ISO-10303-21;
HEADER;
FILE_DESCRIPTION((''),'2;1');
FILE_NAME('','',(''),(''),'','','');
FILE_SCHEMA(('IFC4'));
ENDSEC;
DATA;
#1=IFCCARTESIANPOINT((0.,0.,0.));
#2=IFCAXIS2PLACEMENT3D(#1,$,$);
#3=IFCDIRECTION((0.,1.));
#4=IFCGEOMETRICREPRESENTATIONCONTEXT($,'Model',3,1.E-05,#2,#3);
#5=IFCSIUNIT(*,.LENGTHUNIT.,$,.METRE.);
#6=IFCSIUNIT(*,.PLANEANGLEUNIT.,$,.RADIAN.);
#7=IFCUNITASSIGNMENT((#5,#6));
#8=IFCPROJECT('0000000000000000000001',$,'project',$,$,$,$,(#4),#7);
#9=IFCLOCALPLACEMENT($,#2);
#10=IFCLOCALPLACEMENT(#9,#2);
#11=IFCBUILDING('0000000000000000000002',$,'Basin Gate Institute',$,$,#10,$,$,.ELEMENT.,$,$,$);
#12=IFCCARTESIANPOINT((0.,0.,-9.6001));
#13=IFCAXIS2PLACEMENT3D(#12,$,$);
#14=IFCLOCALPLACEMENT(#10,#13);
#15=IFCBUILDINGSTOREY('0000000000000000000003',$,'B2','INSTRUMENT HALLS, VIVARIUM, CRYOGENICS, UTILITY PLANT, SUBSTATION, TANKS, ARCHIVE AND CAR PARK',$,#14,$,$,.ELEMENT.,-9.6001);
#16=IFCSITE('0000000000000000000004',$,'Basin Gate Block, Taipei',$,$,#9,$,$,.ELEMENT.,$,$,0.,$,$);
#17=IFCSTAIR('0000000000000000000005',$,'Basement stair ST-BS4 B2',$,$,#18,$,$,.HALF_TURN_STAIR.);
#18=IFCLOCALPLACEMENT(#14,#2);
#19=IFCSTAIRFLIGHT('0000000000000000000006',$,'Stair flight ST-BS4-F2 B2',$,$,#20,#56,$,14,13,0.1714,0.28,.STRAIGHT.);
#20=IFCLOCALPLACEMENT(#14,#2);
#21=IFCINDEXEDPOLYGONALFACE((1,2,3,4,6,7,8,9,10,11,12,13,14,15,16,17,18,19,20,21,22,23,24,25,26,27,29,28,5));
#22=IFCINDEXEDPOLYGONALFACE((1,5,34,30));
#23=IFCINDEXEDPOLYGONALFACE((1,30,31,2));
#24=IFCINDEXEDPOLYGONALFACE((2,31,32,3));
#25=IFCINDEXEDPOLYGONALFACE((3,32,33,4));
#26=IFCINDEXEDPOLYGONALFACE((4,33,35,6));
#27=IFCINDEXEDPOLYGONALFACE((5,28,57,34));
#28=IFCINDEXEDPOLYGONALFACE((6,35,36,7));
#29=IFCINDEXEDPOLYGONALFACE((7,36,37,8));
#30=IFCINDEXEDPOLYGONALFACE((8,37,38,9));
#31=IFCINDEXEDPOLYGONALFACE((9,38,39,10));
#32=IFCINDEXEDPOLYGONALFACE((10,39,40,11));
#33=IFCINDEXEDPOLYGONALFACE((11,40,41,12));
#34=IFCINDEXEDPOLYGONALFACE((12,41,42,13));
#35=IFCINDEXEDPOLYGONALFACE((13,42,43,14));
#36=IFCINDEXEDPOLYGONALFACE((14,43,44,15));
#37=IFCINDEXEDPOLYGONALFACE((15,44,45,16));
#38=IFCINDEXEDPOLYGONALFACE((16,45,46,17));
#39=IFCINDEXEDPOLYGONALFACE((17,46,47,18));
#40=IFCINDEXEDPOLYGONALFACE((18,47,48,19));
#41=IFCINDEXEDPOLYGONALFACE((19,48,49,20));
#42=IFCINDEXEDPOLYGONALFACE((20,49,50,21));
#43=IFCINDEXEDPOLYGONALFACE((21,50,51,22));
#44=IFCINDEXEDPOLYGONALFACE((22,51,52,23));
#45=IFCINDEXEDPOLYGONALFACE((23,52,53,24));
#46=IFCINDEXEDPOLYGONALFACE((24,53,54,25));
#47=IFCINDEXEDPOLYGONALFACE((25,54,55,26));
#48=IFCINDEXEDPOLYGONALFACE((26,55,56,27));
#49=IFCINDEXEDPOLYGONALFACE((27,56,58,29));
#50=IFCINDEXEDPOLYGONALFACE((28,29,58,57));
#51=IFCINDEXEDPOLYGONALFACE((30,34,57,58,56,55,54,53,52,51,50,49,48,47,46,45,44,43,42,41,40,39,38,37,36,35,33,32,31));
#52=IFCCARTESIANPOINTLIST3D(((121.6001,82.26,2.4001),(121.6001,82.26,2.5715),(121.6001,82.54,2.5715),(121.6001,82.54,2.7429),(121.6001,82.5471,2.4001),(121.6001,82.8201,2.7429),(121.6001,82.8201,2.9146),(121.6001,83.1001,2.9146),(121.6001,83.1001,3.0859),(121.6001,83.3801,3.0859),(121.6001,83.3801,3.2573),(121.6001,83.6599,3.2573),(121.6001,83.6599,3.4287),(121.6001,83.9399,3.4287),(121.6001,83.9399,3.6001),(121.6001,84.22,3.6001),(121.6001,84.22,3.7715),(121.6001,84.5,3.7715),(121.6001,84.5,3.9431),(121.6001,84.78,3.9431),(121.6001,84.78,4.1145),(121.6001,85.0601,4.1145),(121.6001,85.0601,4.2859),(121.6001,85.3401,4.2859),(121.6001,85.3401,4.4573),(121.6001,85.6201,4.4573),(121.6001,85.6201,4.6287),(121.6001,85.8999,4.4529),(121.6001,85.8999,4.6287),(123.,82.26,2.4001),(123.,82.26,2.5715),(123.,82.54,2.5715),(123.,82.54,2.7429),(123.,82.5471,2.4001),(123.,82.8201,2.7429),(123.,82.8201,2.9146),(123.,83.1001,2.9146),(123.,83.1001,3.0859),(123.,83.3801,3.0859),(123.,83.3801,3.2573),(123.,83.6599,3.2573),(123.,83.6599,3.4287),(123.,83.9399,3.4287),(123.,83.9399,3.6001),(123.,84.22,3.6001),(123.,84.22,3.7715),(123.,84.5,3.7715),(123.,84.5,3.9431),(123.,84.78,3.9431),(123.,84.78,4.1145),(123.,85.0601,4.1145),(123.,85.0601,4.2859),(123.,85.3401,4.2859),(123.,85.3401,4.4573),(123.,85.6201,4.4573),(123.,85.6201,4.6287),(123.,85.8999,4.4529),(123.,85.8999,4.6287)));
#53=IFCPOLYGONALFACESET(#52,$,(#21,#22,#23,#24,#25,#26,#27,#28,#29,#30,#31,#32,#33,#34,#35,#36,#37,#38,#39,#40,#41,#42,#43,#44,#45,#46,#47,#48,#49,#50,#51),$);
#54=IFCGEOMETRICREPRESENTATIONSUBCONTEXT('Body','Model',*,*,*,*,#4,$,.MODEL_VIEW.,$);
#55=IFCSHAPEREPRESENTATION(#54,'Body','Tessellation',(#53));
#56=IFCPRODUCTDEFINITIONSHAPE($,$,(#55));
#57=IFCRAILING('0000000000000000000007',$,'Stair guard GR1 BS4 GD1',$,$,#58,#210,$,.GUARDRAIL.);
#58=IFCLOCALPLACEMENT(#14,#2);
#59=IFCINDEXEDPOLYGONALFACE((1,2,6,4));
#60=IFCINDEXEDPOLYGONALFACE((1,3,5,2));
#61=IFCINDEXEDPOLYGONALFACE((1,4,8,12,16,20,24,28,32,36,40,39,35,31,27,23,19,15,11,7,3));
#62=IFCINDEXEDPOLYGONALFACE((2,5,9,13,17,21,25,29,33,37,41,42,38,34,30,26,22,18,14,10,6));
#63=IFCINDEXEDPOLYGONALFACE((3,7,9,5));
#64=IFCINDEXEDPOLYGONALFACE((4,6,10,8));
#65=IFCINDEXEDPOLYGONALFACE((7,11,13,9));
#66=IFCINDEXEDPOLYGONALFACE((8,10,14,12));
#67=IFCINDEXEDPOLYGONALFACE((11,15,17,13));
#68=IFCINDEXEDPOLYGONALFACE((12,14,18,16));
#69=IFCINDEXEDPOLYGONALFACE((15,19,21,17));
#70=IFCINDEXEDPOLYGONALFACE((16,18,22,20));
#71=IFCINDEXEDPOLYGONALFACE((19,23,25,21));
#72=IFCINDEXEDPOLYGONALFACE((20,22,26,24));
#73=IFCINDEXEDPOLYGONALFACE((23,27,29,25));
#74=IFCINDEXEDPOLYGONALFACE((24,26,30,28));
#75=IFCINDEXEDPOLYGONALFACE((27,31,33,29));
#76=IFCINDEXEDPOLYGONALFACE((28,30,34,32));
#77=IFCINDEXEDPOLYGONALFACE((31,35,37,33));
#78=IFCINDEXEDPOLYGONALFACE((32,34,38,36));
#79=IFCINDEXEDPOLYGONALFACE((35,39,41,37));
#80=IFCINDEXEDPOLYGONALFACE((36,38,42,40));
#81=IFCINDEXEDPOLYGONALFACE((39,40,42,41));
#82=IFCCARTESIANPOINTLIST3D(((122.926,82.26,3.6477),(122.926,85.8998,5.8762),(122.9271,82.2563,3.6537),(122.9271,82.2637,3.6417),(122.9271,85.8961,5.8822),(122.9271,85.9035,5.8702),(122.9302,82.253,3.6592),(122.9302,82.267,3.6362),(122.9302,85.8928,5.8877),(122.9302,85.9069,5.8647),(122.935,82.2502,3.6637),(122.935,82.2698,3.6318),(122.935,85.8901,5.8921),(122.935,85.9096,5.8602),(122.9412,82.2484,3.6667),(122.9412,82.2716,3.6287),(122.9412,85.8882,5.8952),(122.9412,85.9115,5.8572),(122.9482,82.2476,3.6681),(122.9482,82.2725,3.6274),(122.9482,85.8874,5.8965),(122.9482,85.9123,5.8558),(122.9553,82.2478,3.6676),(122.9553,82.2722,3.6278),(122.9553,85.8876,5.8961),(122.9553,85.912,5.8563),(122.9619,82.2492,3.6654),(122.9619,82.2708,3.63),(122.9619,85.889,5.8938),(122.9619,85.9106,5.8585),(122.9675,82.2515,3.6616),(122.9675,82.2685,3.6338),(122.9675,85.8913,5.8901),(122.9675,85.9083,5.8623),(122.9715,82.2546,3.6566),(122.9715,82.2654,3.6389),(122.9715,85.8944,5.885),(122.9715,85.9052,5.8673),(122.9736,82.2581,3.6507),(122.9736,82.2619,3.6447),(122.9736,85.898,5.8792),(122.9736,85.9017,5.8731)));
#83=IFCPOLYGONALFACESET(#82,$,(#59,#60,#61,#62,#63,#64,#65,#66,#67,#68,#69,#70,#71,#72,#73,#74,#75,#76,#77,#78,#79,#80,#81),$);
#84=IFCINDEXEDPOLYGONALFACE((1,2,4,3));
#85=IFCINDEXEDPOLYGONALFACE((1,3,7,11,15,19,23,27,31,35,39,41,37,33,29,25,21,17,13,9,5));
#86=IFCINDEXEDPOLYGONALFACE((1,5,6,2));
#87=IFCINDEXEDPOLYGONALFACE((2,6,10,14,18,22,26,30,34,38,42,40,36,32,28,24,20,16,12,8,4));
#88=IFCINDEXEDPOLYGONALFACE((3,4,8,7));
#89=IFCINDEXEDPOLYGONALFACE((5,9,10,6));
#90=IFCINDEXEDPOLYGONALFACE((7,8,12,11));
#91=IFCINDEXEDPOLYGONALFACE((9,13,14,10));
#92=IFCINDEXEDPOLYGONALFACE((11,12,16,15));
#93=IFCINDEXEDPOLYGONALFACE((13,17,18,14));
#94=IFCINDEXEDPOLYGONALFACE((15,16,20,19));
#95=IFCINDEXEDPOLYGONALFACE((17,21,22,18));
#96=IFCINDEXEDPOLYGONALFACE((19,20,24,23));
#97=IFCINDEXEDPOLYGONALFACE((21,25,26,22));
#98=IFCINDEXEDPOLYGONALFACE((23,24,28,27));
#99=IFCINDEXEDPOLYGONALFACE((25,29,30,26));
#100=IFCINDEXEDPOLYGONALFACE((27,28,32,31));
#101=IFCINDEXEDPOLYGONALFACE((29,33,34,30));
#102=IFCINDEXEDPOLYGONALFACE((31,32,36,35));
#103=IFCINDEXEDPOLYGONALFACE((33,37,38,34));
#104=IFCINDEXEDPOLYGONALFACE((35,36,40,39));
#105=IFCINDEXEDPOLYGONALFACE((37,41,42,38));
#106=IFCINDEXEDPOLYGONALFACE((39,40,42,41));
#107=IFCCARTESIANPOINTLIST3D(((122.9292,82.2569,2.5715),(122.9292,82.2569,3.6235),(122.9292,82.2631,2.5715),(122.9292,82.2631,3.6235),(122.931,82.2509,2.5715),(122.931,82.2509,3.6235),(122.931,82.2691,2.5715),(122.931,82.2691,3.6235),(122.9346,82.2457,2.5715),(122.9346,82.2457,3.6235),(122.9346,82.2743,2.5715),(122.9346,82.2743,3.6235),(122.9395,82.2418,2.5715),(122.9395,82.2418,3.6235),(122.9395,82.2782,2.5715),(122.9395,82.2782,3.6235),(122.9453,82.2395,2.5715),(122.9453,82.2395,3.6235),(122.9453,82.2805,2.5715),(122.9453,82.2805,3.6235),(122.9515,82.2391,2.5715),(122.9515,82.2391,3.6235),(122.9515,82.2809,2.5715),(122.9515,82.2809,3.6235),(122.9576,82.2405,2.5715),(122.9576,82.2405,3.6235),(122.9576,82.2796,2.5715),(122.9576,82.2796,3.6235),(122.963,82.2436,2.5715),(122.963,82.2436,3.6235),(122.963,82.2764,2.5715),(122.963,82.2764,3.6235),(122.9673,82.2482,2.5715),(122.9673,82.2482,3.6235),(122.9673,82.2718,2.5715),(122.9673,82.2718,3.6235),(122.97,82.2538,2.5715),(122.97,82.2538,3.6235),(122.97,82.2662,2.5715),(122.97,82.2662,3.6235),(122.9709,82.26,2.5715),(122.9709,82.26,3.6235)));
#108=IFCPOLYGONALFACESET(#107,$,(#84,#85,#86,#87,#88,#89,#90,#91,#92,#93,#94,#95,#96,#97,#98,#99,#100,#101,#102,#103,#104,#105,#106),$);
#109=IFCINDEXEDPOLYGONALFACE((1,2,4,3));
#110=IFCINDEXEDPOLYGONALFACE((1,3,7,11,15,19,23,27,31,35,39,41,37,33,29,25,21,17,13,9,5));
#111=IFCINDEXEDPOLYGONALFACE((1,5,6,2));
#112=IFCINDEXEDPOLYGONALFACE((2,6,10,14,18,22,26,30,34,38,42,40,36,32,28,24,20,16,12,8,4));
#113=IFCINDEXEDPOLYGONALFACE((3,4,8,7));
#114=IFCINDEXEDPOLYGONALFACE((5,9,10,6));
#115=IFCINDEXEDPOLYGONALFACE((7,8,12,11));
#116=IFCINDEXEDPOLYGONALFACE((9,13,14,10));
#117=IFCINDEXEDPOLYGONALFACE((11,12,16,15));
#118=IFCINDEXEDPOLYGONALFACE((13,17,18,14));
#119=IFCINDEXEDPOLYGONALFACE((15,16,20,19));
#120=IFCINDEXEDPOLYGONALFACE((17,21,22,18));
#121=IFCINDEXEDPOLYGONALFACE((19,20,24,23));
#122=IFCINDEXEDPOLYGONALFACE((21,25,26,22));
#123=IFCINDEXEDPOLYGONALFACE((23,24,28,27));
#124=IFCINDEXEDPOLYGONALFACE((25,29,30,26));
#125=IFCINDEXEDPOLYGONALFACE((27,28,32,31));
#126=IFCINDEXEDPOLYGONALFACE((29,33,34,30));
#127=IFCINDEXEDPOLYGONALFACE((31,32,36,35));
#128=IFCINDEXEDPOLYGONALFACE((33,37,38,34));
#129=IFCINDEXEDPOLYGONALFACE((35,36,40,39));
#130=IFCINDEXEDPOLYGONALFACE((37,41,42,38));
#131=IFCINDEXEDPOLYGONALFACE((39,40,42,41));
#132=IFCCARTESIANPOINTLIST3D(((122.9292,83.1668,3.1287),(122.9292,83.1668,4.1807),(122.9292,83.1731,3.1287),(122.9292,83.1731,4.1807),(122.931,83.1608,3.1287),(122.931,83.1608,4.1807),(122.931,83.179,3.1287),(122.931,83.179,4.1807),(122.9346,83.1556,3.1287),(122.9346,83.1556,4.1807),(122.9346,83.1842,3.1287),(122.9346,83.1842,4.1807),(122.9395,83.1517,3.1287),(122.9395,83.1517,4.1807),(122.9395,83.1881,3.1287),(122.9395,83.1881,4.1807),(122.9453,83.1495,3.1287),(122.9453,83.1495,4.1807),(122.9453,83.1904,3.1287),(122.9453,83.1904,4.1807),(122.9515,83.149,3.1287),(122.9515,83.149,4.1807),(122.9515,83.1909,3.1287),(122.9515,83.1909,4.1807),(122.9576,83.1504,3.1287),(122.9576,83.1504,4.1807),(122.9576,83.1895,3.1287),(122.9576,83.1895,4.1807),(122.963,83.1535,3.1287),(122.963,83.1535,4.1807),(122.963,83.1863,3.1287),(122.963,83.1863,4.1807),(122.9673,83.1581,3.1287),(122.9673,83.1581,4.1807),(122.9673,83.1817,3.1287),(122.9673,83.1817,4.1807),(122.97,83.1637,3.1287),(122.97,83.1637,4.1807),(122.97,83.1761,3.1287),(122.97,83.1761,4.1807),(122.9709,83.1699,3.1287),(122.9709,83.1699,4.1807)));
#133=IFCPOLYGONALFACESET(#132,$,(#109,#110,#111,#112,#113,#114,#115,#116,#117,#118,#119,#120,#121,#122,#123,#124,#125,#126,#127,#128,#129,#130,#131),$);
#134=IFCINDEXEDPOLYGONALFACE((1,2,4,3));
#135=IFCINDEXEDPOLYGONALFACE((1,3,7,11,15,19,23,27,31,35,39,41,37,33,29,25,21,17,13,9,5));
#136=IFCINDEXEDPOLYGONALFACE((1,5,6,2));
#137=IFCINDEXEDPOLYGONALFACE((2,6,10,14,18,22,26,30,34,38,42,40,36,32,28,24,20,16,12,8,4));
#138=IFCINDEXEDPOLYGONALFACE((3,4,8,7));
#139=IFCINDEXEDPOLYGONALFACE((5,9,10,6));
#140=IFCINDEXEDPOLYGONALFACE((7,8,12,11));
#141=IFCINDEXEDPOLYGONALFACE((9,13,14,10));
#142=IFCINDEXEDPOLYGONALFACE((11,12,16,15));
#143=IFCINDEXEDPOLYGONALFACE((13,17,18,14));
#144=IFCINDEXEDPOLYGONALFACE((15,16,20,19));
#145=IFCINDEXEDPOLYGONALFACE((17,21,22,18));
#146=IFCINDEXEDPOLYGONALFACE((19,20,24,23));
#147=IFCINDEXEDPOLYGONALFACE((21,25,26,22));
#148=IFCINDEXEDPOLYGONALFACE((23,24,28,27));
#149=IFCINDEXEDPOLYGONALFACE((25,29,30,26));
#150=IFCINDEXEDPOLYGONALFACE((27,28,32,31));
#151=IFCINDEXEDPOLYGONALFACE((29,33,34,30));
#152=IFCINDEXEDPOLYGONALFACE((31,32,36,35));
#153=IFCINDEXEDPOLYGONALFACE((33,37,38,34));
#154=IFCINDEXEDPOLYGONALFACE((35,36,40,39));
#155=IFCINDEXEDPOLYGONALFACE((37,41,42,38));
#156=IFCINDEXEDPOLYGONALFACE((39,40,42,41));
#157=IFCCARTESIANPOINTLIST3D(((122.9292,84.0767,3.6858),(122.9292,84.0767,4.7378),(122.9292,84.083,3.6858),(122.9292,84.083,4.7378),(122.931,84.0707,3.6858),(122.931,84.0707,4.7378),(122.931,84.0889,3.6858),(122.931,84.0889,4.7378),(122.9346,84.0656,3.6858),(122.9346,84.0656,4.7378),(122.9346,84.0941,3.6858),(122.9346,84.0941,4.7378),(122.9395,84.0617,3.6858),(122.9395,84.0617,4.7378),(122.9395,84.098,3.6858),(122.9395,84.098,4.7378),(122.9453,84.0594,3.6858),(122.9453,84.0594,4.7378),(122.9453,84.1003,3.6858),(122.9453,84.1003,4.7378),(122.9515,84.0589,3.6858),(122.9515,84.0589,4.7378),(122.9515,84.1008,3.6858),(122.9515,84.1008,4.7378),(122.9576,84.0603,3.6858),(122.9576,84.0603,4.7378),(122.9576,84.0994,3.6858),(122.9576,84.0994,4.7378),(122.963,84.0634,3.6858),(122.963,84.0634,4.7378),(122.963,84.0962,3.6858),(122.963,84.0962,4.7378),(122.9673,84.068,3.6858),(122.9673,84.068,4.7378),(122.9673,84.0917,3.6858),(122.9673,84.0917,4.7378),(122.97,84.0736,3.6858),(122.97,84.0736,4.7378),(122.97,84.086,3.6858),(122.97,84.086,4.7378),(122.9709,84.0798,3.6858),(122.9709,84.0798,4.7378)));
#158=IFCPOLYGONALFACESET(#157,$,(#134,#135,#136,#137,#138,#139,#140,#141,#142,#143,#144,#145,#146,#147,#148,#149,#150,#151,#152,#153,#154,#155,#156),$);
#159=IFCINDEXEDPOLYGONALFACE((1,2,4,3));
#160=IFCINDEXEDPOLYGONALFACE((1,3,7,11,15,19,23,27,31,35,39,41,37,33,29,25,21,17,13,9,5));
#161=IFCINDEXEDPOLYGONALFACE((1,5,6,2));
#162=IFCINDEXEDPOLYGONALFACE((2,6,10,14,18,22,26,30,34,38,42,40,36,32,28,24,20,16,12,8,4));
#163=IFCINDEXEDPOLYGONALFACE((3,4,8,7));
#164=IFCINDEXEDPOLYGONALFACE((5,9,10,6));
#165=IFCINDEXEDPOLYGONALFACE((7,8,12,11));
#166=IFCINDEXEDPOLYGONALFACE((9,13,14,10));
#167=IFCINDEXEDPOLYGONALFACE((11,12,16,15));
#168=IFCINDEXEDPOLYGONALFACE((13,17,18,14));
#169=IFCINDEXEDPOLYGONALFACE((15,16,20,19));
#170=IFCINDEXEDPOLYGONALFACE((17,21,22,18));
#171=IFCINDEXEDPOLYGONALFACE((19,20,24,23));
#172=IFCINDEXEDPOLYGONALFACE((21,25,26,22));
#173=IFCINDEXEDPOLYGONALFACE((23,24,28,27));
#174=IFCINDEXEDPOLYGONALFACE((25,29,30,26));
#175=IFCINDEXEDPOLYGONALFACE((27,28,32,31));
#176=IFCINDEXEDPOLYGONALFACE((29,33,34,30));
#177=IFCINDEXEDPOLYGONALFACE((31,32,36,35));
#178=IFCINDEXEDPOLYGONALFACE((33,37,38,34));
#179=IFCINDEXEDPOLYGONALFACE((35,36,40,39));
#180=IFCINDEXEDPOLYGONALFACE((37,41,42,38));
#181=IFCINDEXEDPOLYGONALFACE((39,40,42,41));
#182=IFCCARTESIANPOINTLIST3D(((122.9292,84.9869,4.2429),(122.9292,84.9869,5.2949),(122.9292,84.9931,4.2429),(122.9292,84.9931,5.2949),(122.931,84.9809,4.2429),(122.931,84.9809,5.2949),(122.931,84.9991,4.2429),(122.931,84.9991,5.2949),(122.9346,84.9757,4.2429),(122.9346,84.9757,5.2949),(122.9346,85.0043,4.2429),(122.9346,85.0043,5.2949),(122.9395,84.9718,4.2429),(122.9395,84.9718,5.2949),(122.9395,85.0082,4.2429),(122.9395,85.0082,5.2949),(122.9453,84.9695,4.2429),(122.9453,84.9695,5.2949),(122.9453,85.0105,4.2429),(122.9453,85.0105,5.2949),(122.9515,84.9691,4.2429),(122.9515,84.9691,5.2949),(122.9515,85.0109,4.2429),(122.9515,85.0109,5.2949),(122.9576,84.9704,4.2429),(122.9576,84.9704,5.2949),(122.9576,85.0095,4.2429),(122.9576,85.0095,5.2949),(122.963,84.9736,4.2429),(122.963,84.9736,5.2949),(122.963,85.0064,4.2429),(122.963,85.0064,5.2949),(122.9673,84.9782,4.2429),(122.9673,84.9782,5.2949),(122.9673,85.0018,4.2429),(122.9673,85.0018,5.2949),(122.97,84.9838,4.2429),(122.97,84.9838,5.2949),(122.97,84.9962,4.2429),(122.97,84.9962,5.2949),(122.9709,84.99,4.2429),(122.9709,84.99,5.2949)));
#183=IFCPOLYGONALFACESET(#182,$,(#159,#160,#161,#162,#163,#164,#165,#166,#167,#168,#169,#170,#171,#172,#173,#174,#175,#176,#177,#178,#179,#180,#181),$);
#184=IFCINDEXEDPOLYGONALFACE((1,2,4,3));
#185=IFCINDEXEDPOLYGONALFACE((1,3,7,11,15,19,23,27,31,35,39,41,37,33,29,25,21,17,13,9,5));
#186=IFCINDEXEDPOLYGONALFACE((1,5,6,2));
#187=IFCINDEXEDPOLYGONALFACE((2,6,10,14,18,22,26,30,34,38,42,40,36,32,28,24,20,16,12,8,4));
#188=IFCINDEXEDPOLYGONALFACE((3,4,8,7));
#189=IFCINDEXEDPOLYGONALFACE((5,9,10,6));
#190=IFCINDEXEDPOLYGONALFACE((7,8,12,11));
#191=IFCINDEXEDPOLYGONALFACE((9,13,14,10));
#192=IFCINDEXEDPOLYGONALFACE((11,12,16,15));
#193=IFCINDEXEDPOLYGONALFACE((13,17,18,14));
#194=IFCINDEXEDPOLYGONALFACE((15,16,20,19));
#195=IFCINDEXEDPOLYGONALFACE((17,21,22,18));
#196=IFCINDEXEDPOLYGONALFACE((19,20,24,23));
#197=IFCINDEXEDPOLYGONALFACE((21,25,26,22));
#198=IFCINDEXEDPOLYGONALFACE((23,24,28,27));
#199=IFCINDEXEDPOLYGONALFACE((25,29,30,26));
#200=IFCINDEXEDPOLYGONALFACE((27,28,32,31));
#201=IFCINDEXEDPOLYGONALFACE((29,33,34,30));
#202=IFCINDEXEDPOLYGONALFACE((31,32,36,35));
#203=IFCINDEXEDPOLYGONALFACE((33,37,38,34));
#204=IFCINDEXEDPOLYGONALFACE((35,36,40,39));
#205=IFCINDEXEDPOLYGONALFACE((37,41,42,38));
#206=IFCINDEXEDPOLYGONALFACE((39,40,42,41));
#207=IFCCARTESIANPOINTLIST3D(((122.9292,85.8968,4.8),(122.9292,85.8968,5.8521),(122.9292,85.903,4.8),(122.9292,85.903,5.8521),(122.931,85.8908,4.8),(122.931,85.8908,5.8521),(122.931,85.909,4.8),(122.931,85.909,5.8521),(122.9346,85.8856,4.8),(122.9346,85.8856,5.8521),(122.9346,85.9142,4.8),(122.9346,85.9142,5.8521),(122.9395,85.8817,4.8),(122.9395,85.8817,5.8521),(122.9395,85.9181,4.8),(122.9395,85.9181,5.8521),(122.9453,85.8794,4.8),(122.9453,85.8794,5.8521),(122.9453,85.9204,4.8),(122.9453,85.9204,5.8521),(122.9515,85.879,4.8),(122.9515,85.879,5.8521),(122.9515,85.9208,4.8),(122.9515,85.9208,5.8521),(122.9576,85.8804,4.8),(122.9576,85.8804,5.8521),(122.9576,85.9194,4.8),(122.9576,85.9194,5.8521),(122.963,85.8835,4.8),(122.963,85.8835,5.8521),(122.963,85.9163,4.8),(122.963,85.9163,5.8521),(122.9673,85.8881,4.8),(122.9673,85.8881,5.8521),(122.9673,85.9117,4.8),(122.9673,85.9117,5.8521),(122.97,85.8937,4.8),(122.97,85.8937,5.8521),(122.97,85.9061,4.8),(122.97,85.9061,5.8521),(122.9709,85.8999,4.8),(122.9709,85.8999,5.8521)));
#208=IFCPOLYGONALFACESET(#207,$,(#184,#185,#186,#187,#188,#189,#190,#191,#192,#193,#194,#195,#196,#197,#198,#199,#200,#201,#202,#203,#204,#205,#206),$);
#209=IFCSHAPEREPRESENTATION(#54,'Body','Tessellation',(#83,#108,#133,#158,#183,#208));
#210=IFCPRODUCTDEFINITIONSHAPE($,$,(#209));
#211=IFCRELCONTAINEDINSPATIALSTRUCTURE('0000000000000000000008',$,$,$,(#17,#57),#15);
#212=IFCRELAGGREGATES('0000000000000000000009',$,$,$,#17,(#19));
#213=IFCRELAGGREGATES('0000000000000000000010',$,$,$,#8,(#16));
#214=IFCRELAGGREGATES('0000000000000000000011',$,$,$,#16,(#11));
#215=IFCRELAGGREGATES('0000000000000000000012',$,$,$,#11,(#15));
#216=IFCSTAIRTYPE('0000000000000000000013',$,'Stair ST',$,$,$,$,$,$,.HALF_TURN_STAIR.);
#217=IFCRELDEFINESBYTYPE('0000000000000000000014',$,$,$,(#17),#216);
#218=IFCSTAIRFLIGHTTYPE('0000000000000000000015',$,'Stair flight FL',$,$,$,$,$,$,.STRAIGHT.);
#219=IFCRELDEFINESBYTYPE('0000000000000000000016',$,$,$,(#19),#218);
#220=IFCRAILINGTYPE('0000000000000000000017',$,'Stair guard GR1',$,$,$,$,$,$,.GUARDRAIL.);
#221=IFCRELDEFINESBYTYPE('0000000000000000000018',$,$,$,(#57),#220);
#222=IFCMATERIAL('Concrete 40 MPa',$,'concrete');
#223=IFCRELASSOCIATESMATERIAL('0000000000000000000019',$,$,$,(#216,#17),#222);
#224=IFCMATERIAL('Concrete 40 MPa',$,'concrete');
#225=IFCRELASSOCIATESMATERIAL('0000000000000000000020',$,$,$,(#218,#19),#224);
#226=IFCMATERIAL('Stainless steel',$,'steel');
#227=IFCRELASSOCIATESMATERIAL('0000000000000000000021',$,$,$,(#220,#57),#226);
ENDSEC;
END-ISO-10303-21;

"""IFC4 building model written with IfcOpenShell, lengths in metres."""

from ifc_helpers import new_model, si_unit, direction, frame, origin, origin_2d, place, context, subcontext, project, spatial, polyline, circle, outline, extrude, material, type_object, element, aggregate, save


model = new_model("IFC4")

# Units and contexts
model_context = context("Model", 3, precision=1e-05, world=origin(), true_north=direction((0.0, 1.0)))
body_context = subcontext(model_context, "Body", "Model", "MODEL_VIEW")
ifc_project = project(units=[si_unit("LENGTHUNIT", "METRE"), si_unit("PLANEANGLEUNIT", "RADIAN")], contexts=[model_context])

# Site, building, storey
site_placement = place(None, origin())
site = spatial("IfcSite", under=ifc_project, at=site_placement, Name="Basin Gate Block, Taipei", CompositionType="ELEMENT", RefElevation=0.0)
building_placement = place(site_placement, origin())
building = spatial("IfcBuilding", under=site, at=building_placement, Name="Basin Gate Institute", CompositionType="ELEMENT")
storey_placement = place(building_placement, frame((0.0, 0.0, -9.6001)))
storey = spatial("IfcBuildingStorey", under=building, at=storey_placement, Name="B2", Description="INSTRUMENT HALLS, VIVARIUM, CRYOGENICS, UTILITY PLANT, SUBSTATION, TANKS, ARCHIVE AND CAR PARK", CompositionType="ELEMENT", Elevation=-9.6001)

# Stair, stair flight
ifc_material_1 = material(Name="Concrete 40 MPa", Category="concrete")
stair_type = type_object("IfcStairType", Name="Stair ST", PredefinedType="HALF_TURN_STAIR", material=ifc_material_1)
stair_placement = place(storey_placement, origin())
stair = element("IfcStair", 1, at=stair_placement, inside=storey, type_object=stair_type, material=ifc_material_1, Name="Basement stair ST-BS4 B2", PredefinedType="HALF_TURN_STAIR")
ifc_material_2 = material(Name="Concrete 40 MPa", Category="concrete")
stair_flight_type = type_object("IfcStairFlightType", Name="Stair flight FL", PredefinedType="STRAIGHT", material=ifc_material_2)
stair_flight_1_placement = place(storey_placement, frame((122.3, 82.26, 2.4001), z_axis=(0.0, 0.0, 1.0), x_axis=(0.0, 1.0, 0.0)))
stair_flight_1 = element("IfcStairFlight", 2, at=stair_flight_1_placement, type_object=stair_flight_type, material=ifc_material_2, Name="Stair flight ST-BS4-F2 B2", NumberOfRisers=14, NumberOfTreads=13, PredefinedType="STRAIGHT", RiserHeight=0.1714, TreadLength=0.28, context=body_context, shape_type="SweptSolid", body=[
    extrude(outline(polyline([(0.0, 0.0), (0.0, 0.1714), (0.28, 0.1714), (0.28, 0.3428), (0.5601, 0.3428), (0.5601, 0.5144), (0.8401, 0.5144), (0.8401, 0.6858), (1.1201, 0.6858), (1.1201, 0.8572), (1.3999, 0.8572), (1.3999, 1.0286), (1.6799, 1.0286), (1.6799, 1.2), (1.96, 1.2), (1.96, 1.3713), (2.24, 1.3713), (2.24, 1.543), (2.52, 1.543), (2.52, 1.7144), (2.8, 1.7144), (2.8, 1.8857), (3.0801, 1.8857), (3.0801, 2.0571), (3.3601, 2.0571), (3.3601, 2.2285), (3.6399, 2.2285), (3.6399, 2.3999), (3.6399, 2.0527), (0.2871, 0.0), (0.0, 0.0)])), frame((0.0, 0.7, 0.0), z_axis=(0.0, -1.0, 0.0), x_axis=(1.0, 0.0, 0.0)), (0.0, 0.0, 1.0), 1.3999),
])
aggregate(stair, [stair_flight_1])

# Railing
ifc_material_3 = material(Name="Stainless steel", Category="steel")
railing_type_1 = type_object("IfcRailingType", Name="Stair guard GR1", PredefinedType="GUARDRAIL", material=ifc_material_3)
railing_1_placement = place(storey_placement, frame((122.95, 82.26, 2.5715)))
element("IfcRailing", 3, at=railing_1_placement, inside=storey, type_object=railing_type_1, material=ifc_material_3, Name="Stair guard GR1 BS4 GD1", PredefinedType="GUARDRAIL", context=body_context, shape_type="SweptSolid", body=[
    extrude(circle(Radius=0.0239, at=origin_2d()), frame((0.0, 0.0, 1.0762), z_axis=(0.0, 0.85285, 0.522156), x_axis=(-1.0, 0.0, 0.0)), (0.0, 0.0, 1.0), 4.2678),
    extrude(circle(Radius=0.021, at=origin_2d()), origin(), (0.0, 0.0, 1.0), 1.052),
    extrude(circle(Radius=0.021, at=origin_2d()), frame((0.0, 0.9099, 0.5571)), (0.0, 0.0, 1.0), 1.052),
    extrude(circle(Radius=0.021, at=origin_2d()), frame((0.0, 1.8198, 1.1143)), (0.0, 0.0, 1.0), 1.052),
    extrude(circle(Radius=0.021, at=origin_2d()), frame((0.0, 2.73, 1.6714)), (0.0, 0.0, 1.0), 1.052),
    extrude(circle(Radius=0.021, at=origin_2d()), frame((0.0, 3.6399, 2.2285)), (0.0, 0.0, 1.0), 1.052),
])

save(model, "model.ifc")
